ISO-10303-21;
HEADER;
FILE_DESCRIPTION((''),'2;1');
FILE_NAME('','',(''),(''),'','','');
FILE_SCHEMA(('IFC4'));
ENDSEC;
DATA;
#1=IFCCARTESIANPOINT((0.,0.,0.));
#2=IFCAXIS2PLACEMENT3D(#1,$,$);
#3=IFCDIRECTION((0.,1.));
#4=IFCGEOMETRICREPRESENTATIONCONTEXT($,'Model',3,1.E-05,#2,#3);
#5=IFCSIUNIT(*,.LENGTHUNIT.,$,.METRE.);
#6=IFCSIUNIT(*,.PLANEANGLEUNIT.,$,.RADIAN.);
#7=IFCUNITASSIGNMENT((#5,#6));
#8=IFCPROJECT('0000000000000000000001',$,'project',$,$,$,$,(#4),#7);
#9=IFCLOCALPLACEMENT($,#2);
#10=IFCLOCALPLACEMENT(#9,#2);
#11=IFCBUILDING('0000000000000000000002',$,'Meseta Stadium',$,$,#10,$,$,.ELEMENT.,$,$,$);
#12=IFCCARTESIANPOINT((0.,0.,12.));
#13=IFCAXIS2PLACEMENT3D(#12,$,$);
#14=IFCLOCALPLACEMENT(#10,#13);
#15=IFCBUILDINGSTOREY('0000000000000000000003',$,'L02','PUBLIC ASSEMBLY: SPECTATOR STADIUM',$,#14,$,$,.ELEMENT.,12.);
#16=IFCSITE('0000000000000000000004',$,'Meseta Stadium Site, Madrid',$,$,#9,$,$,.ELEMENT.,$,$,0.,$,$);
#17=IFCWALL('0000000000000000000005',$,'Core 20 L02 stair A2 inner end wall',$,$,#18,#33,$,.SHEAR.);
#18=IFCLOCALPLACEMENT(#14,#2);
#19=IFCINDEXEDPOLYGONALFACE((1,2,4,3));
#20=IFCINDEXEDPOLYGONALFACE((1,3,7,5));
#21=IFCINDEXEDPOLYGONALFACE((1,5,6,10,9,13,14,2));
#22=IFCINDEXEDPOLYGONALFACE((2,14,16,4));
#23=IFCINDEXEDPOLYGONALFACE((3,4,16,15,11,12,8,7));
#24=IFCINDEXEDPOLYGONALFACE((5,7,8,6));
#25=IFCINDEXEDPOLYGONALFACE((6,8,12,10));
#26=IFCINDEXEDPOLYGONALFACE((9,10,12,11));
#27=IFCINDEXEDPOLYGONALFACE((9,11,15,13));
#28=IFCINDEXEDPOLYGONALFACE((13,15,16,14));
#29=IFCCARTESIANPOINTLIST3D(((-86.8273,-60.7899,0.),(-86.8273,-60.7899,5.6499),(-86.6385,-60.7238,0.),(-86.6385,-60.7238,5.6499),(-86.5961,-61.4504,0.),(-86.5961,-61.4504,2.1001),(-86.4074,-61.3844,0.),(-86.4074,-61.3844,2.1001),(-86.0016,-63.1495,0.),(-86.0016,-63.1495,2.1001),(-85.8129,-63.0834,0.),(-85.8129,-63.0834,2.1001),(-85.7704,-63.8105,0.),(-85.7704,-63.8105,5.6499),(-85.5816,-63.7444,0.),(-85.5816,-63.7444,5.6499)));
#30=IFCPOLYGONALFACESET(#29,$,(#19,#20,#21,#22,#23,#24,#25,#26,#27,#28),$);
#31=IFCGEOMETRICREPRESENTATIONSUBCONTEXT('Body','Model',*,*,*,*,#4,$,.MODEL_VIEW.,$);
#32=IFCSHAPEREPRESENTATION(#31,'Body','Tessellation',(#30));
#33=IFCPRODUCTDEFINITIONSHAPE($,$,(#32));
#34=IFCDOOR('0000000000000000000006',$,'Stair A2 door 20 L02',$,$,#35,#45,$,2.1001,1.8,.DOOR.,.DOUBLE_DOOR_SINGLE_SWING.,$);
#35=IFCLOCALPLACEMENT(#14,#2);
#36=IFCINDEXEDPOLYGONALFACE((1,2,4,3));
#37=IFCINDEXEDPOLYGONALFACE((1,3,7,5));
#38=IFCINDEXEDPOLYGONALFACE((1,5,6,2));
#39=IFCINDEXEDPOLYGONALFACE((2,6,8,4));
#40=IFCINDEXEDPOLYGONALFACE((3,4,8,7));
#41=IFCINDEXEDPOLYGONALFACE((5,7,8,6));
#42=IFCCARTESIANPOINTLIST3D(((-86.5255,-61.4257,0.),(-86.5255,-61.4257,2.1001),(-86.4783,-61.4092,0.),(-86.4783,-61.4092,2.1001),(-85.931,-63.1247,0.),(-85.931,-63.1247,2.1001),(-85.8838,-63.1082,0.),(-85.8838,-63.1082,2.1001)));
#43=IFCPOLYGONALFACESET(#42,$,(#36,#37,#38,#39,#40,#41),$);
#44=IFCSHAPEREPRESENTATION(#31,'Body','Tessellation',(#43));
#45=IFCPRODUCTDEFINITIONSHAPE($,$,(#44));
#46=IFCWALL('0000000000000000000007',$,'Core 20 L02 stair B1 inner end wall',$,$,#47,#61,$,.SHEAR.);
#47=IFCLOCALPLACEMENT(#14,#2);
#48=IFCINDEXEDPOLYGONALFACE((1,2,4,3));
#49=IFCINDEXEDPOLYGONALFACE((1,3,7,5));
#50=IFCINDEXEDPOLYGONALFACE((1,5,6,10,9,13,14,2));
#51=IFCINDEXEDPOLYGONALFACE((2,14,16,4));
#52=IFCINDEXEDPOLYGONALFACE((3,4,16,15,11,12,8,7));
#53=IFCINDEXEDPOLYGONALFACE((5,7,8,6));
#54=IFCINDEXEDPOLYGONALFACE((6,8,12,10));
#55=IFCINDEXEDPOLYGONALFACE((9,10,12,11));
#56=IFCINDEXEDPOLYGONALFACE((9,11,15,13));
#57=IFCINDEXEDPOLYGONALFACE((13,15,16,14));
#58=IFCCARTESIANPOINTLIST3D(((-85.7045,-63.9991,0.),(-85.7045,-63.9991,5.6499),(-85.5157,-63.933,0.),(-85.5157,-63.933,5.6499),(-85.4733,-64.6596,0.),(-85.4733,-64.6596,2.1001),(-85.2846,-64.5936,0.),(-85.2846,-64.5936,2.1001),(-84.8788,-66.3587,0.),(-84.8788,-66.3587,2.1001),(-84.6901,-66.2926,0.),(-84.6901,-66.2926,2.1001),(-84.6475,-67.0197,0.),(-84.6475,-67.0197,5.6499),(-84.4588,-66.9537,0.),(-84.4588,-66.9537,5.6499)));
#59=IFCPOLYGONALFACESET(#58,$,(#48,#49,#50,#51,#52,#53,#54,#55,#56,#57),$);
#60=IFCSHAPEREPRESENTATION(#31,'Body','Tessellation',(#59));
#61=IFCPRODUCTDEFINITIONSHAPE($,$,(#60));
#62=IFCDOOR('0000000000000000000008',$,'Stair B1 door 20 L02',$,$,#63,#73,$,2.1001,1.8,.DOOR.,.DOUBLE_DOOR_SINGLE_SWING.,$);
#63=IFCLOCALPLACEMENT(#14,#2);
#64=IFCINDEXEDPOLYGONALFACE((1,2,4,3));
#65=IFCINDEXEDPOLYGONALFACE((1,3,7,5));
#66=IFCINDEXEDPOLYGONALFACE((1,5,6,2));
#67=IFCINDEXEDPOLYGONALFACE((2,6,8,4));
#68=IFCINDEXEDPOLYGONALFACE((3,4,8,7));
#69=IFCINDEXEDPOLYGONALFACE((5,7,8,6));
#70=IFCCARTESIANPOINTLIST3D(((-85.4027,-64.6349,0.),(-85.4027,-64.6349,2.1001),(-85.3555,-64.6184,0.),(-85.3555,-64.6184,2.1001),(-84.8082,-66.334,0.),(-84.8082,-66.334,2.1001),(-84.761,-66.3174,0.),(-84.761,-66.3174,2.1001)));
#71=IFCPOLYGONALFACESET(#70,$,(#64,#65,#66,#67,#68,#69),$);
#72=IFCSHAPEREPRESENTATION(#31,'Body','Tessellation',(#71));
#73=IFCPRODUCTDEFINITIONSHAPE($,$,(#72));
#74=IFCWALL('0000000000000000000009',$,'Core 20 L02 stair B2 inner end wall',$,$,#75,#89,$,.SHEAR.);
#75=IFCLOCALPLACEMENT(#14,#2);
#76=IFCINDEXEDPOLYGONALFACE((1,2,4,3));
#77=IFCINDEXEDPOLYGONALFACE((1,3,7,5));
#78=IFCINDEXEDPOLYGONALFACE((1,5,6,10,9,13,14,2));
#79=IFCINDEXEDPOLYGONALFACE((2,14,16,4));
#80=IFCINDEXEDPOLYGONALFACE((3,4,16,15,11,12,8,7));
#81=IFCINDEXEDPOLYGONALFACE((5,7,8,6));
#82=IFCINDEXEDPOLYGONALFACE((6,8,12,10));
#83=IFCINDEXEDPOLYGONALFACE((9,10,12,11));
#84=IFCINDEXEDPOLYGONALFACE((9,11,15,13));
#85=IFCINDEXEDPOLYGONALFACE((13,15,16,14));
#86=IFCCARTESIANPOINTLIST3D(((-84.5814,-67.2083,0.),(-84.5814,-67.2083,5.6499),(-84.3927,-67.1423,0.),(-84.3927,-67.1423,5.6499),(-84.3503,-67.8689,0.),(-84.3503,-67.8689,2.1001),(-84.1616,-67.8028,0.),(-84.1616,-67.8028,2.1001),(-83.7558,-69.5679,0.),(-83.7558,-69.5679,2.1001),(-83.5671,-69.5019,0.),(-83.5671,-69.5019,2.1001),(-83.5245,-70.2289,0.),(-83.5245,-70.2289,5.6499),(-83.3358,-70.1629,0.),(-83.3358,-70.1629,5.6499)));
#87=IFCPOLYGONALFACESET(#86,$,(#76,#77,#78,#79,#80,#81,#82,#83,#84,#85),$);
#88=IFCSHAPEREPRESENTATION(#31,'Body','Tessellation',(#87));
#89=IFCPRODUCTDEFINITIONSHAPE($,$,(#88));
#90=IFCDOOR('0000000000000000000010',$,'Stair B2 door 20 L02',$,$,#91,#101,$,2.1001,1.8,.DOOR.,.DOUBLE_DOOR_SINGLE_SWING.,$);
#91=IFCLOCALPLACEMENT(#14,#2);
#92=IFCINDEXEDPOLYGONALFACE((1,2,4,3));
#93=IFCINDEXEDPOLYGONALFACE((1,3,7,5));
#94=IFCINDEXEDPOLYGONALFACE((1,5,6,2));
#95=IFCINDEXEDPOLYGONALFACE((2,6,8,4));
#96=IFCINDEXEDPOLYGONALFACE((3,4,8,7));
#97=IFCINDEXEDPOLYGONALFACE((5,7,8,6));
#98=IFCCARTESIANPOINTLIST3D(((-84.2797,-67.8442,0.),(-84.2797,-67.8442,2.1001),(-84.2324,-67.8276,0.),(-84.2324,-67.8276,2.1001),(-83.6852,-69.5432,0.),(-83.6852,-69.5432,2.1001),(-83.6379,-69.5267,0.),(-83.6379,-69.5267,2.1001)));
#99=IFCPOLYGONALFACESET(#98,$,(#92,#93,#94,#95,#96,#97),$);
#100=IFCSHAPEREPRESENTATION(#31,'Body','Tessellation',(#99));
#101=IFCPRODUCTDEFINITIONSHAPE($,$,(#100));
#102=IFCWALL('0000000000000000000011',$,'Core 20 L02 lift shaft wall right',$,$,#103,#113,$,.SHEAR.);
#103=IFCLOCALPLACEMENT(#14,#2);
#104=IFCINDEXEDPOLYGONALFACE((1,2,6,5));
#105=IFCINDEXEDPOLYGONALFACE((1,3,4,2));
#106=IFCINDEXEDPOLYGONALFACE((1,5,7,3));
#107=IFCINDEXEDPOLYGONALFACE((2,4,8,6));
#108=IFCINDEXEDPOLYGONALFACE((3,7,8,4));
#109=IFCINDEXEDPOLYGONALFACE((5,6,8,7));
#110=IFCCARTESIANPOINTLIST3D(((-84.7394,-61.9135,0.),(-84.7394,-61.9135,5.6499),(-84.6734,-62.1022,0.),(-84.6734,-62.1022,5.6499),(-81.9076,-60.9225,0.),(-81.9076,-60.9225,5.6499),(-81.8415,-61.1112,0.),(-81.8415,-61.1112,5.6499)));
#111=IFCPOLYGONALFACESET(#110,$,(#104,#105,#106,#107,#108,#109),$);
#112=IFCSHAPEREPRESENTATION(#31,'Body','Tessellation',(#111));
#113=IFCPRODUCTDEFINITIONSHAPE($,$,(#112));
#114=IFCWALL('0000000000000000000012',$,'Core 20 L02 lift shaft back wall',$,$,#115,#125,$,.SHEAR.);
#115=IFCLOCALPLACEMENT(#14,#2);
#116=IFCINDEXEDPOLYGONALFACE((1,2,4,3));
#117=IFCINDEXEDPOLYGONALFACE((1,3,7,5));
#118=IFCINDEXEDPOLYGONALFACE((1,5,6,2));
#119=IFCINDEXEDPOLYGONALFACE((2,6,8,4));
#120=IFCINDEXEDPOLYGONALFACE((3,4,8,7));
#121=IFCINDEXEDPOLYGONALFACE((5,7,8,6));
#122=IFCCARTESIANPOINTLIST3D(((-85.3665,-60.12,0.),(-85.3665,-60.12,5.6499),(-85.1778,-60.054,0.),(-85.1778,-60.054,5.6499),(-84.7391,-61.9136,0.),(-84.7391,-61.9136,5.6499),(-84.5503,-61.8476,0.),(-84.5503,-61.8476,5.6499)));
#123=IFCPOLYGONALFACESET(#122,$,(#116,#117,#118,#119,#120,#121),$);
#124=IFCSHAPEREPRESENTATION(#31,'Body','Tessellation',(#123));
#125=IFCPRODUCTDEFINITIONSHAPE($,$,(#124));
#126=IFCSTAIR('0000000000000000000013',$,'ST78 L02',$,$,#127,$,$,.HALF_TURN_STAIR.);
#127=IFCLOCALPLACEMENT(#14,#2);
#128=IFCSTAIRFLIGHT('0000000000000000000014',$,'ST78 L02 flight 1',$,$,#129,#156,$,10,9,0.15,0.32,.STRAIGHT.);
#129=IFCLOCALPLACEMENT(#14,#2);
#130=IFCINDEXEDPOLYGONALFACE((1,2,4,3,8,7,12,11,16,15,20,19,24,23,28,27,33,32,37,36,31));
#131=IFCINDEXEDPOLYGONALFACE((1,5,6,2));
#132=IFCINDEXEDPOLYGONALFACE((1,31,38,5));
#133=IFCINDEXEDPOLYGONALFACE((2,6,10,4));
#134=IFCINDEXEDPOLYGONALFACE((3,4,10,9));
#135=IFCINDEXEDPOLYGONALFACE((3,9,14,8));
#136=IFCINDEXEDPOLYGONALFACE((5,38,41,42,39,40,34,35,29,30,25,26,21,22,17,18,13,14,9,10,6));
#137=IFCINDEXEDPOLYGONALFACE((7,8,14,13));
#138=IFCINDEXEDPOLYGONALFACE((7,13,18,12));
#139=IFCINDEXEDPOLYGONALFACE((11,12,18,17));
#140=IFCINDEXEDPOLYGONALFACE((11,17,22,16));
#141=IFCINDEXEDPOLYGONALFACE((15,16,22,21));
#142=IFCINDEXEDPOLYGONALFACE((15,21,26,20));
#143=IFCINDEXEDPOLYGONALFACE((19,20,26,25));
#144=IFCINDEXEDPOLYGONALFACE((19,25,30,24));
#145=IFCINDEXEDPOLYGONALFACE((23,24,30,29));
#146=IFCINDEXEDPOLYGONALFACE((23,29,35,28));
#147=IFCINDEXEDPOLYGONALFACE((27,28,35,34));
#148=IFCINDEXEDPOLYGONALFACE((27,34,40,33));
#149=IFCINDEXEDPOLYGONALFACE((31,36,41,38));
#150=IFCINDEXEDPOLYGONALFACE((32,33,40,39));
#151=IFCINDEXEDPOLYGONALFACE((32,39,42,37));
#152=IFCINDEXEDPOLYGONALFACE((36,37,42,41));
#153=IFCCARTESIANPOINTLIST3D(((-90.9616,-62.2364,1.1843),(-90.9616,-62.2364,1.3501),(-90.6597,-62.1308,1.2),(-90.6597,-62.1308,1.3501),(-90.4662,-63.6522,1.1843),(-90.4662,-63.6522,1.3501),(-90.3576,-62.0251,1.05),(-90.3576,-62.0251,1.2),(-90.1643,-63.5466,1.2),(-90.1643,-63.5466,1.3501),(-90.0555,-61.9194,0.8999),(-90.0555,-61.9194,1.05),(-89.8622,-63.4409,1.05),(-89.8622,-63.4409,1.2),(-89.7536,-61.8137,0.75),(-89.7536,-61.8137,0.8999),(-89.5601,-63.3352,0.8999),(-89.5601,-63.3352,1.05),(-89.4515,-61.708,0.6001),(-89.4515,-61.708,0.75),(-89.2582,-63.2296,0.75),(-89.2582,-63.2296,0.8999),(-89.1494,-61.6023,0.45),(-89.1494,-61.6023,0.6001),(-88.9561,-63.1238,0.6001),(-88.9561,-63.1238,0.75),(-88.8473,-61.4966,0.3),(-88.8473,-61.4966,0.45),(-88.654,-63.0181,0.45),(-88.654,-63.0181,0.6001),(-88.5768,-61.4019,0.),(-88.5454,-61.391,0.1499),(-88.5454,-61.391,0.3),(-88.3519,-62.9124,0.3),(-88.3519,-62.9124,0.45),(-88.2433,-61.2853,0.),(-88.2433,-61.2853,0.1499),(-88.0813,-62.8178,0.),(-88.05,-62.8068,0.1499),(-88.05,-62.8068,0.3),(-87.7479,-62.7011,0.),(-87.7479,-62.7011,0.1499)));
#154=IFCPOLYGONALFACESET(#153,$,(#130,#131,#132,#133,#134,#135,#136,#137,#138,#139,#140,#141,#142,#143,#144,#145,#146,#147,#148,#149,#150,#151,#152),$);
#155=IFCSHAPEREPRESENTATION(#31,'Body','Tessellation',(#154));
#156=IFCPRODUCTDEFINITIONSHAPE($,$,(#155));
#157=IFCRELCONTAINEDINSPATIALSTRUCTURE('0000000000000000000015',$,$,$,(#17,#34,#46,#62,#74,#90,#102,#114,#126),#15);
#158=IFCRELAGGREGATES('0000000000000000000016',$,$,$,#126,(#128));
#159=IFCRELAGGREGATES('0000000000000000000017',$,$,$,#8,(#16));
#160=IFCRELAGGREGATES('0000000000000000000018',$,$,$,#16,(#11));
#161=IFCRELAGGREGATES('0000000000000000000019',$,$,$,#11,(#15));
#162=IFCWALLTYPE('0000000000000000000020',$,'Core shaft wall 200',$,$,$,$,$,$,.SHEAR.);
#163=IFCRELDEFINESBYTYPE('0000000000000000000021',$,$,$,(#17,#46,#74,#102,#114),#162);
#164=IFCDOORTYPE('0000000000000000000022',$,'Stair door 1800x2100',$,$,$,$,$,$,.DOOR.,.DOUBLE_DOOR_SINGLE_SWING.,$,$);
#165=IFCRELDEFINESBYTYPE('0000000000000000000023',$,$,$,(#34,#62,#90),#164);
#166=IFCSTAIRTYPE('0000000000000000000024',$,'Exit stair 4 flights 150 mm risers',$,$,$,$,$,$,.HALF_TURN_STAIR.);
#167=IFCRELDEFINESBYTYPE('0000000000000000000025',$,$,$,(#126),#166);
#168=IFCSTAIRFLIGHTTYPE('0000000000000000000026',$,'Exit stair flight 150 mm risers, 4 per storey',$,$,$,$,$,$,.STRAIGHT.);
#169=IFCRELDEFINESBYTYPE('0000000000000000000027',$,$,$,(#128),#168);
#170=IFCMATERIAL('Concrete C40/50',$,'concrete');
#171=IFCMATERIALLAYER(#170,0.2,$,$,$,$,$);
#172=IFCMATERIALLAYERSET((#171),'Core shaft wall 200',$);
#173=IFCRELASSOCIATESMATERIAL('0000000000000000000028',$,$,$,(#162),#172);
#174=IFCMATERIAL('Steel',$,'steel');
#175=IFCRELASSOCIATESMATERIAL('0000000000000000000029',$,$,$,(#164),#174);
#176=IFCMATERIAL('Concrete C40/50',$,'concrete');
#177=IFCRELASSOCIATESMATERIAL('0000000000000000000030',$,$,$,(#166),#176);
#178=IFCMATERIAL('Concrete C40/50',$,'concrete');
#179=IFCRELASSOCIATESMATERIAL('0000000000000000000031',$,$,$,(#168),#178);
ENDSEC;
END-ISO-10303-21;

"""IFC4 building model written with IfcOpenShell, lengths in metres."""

from ifc_helpers import new_model, si_unit, direction, frame, frame_2d, origin, place, context, subcontext, project, spatial, polyline, rectangle, outline, extrude, material, layer, layer_set, type_object, element, fill, aggregate, save


model = new_model("IFC4")

# Units and contexts
model_context = context("Model", 3, precision=1e-05, world=origin(), true_north=direction((0.0, 1.0)))
body_context = subcontext(model_context, "Body", "Model", "MODEL_VIEW")
ifc_project = project(units=[si_unit("LENGTHUNIT", "METRE"), si_unit("PLANEANGLEUNIT", "RADIAN")], contexts=[model_context])

# Site, building, storey
site_placement = place(None, origin())
site = spatial("IfcSite", under=ifc_project, at=site_placement, Name="Meseta Stadium Site, Madrid", CompositionType="ELEMENT", RefElevation=0.0)
building_placement = place(site_placement, origin())
building = spatial("IfcBuilding", under=site, at=building_placement, Name="Meseta Stadium", CompositionType="ELEMENT")
storey_placement = place(building_placement, frame((0.0, 0.0, 12.0)))
storey = spatial("IfcBuildingStorey", under=building, at=storey_placement, Name="L02", Description="PUBLIC ASSEMBLY: SPECTATOR STADIUM", CompositionType="ELEMENT", Elevation=12.0)

# Walls, openings, doors
ifc_material_1 = material(Name="Concrete C40/50", Category="concrete")
ifc_layer = layer(ifc_material_1, 0.2)
ifc_layer_set = layer_set([ifc_layer], Name="Core shaft wall 200")
wall_type = type_object("IfcWallType", Name="Core shaft wall 200", PredefinedType="SHEAR", material=ifc_layer_set)
wall_1_placement = place(storey_placement, frame((-86.7329, -60.7568, 0.0), z_axis=(0.0, 0.0, 1.0), x_axis=(0.330269, -0.943887, 0.0)))
wall_1 = element("IfcWall", 1, at=wall_1_placement, inside=storey, type_object=wall_type, Name="Core 20 L02 stair A2 inner end wall", PredefinedType="SHEAR", context=body_context, shape_type="SweptSolid", body=[
    extrude(rectangle(XDim=3.2002, YDim=0.2, at=frame_2d((1.6001, 0.0))), origin(), (0.0, 0.0, 1.0), 5.6499),
])
opening_1_placement = place(wall_1_placement, frame((0.7, 0.0, 0.0)))
opening_1 = element("IfcOpeningElement", 2, at=opening_1_placement, cuts=wall_1, PredefinedType="OPENING", context=body_context, shape_type="SweptSolid", body=[
    extrude(rectangle(XDim=1.8, YDim=2.1001, at=frame_2d((0.8999, 1.05))), frame((0.0, 0.1099, 0.0), z_axis=(0.0, -1.0, 0.0), x_axis=(1.0, 0.0, 0.0)), (0.0, 0.0, 1.0), 0.22),
])
ifc_material_2 = material(Name="Steel", Category="steel")
door_type = type_object("IfcDoorType", Name="Stair door 1800x2100", OperationType="DOUBLE_DOOR_SINGLE_SWING", PredefinedType="DOOR", material=ifc_material_2)
door_1_placement = place(opening_1_placement, origin())
door_1 = element("IfcDoor", 3, at=door_1_placement, inside=storey, type_object=door_type, Name="Stair A2 door 20 L02", OperationType="DOUBLE_DOOR_SINGLE_SWING", OverallHeight=2.1001, OverallWidth=1.8, PredefinedType="DOOR", context=body_context, shape_type="SweptSolid", body=[
    extrude(rectangle(XDim=1.8, YDim=2.1001, at=frame_2d((0.8999, 1.05))), frame((0.0, 0.0249, 0.0), z_axis=(0.0, -1.0, 0.0), x_axis=(1.0, 0.0, 0.0)), (0.0, 0.0, 1.0), 0.05),
])
fill(opening_1, door_1)
wall_2_placement = place(storey_placement, frame((-85.6101, -63.9661, 0.0), z_axis=(0.0, 0.0, 1.0), x_axis=(0.330269, -0.943887, 0.0)))
wall_2 = element("IfcWall", 4, at=wall_2_placement, inside=storey, type_object=wall_type, Name="Core 20 L02 stair B1 inner end wall", PredefinedType="SHEAR", context=body_context, shape_type="SweptSolid", body=[
    extrude(rectangle(XDim=3.2002, YDim=0.2, at=frame_2d((1.6001, 0.0))), origin(), (0.0, 0.0, 1.0), 5.6499),
])
opening_2_placement = place(wall_2_placement, frame((0.7, 0.0, 0.0)))
opening_2 = element("IfcOpeningElement", 5, at=opening_2_placement, cuts=wall_2, PredefinedType="OPENING", context=body_context, shape_type="SweptSolid", body=[
    extrude(rectangle(XDim=1.8, YDim=2.1001, at=frame_2d((0.8999, 1.05))), frame((0.0, 0.1099, 0.0), z_axis=(0.0, -1.0, 0.0), x_axis=(1.0, 0.0, 0.0)), (0.0, 0.0, 1.0), 0.22),
])
door_2_placement = place(opening_2_placement, origin())
door_2 = element("IfcDoor", 6, at=door_2_placement, inside=storey, type_object=door_type, Name="Stair B1 door 20 L02", OperationType="DOUBLE_DOOR_SINGLE_SWING", OverallHeight=2.1001, OverallWidth=1.8, PredefinedType="DOOR", context=body_context, shape_type="SweptSolid", body=[
    extrude(rectangle(XDim=1.8, YDim=2.1001, at=frame_2d((0.8999, 1.05))), frame((0.0, 0.0249, 0.0), z_axis=(0.0, -1.0, 0.0), x_axis=(1.0, 0.0, 0.0)), (0.0, 0.0, 1.0), 0.05),
])
fill(opening_2, door_2)
wall_3_placement = place(storey_placement, frame((-84.4871, -67.1753, 0.0), z_axis=(0.0, 0.0, 1.0), x_axis=(0.330269, -0.943887, 0.0)))
wall_3 = element("IfcWall", 7, at=wall_3_placement, inside=storey, type_object=wall_type, Name="Core 20 L02 stair B2 inner end wall", PredefinedType="SHEAR", context=body_context, shape_type="SweptSolid", body=[
    extrude(rectangle(XDim=3.2002, YDim=0.2, at=frame_2d((1.6001, 0.0))), origin(), (0.0, 0.0, 1.0), 5.6499),
])
opening_3_placement = place(wall_3_placement, frame((0.7, 0.0, 0.0)))
opening_3 = element("IfcOpeningElement", 8, at=opening_3_placement, cuts=wall_3, PredefinedType="OPENING", context=body_context, shape_type="SweptSolid", body=[
    extrude(rectangle(XDim=1.8, YDim=2.1001, at=frame_2d((0.8999, 1.05))), frame((0.0, 0.1099, 0.0), z_axis=(0.0, -1.0, 0.0), x_axis=(1.0, 0.0, 0.0)), (0.0, 0.0, 1.0), 0.22),
])
door_3_placement = place(opening_3_placement, origin())
door_3 = element("IfcDoor", 9, at=door_3_placement, inside=storey, type_object=door_type, Name="Stair B2 door 20 L02", OperationType="DOUBLE_DOOR_SINGLE_SWING", OverallHeight=2.1001, OverallWidth=1.8, PredefinedType="DOOR", context=body_context, shape_type="SweptSolid", body=[
    extrude(rectangle(XDim=1.8, YDim=2.1001, at=frame_2d((0.8999, 1.05))), frame((0.0, 0.0249, 0.0), z_axis=(0.0, -1.0, 0.0), x_axis=(1.0, 0.0, 0.0)), (0.0, 0.0, 1.0), 0.05),
])
fill(opening_3, door_3)

# Walls
wall_4_placement = place(storey_placement, frame((-84.7063, -62.0078, 0.0), z_axis=(0.0, 0.0, 1.0), x_axis=(0.943875, 0.330303, 0.0)))
element("IfcWall", 10, at=wall_4_placement, inside=storey, type_object=wall_type, Name="Core 20 L02 lift shaft wall right", PredefinedType="SHEAR", context=body_context, shape_type="SweptSolid", body=[
    extrude(rectangle(XDim=3.0002, YDim=0.2, at=frame_2d((1.5, 0.0))), origin(), (0.0, 0.0, 1.0), 5.6499),
])
wall_5_placement = place(storey_placement, frame((-85.2722, -60.0869, 0.0), z_axis=(0.0, 0.0, 1.0), x_axis=(0.330225, -0.943902, 0.0)))
element("IfcWall", 11, at=wall_5_placement, inside=storey, type_object=wall_type, Name="Core 20 L02 lift shaft back wall", PredefinedType="SHEAR", context=body_context, shape_type="SweptSolid", body=[
    extrude(rectangle(XDim=1.9001, YDim=0.2, at=frame_2d((0.9502, 0.0))), origin(), (0.0, 0.0, 1.0), 5.6499),
])

# Stair, stair flight
ifc_material_3 = material(Name="Concrete C40/50", Category="concrete")
stair_type = type_object("IfcStairType", Name="Exit stair 4 flights 150 mm risers", PredefinedType="HALF_TURN_STAIR", material=ifc_material_3)
stair_1_placement = place(storey_placement, origin())
stair_1 = element("IfcStair", 12, at=stair_1_placement, inside=storey, type_object=stair_type, Name="ST78 L02", PredefinedType="HALF_TURN_STAIR")
ifc_material_4 = material(Name="Concrete C40/50", Category="concrete")
stair_flight_type = type_object("IfcStairFlightType", Name="Exit stair flight 150 mm risers, 4 per storey", PredefinedType="STRAIGHT", material=ifc_material_4)
stair_flight_1_placement = place(storey_placement, frame((-87.9956, -61.9932, 0.0), z_axis=(0.0, 0.0, 1.0), x_axis=(-0.943883, -0.330279, 0.0)))
stair_flight_1 = element("IfcStairFlight", 13, at=stair_flight_1_placement, type_object=stair_flight_type, Name="ST78 L02 flight 1", NumberOfRisers=10, NumberOfTreads=9, PredefinedType="STRAIGHT", RiserHeight=0.15, TreadLength=0.32, context=body_context, shape_type="SweptSolid", body=[
    extrude(outline(polyline([(0.0, 0.0), (0.0, 0.1499), (0.3201, 0.1499), (0.3201, 0.3), (0.6399, 0.3), (0.6399, 0.45), (0.96, 0.45), (0.96, 0.6001), (1.28, 0.6001), (1.28, 0.75), (1.6001, 0.75), (1.6001, 0.8999), (1.9199, 0.8999), (1.9199, 1.05), (2.24, 1.05), (2.24, 1.2), (2.5601, 1.2), (2.5601, 1.3501), (2.8799, 1.3501), (2.8799, 1.1843), (0.3533, 0.0), (0.0, 0.0)])), frame((0.0, 0.75, 0.0), z_axis=(0.0, -1.0, 0.0), x_axis=(1.0, 0.0, 0.0)), (0.0, 0.0, 1.0), 1.5),
])
aggregate(stair_1, [stair_flight_1])

save(model, "model.ifc")
